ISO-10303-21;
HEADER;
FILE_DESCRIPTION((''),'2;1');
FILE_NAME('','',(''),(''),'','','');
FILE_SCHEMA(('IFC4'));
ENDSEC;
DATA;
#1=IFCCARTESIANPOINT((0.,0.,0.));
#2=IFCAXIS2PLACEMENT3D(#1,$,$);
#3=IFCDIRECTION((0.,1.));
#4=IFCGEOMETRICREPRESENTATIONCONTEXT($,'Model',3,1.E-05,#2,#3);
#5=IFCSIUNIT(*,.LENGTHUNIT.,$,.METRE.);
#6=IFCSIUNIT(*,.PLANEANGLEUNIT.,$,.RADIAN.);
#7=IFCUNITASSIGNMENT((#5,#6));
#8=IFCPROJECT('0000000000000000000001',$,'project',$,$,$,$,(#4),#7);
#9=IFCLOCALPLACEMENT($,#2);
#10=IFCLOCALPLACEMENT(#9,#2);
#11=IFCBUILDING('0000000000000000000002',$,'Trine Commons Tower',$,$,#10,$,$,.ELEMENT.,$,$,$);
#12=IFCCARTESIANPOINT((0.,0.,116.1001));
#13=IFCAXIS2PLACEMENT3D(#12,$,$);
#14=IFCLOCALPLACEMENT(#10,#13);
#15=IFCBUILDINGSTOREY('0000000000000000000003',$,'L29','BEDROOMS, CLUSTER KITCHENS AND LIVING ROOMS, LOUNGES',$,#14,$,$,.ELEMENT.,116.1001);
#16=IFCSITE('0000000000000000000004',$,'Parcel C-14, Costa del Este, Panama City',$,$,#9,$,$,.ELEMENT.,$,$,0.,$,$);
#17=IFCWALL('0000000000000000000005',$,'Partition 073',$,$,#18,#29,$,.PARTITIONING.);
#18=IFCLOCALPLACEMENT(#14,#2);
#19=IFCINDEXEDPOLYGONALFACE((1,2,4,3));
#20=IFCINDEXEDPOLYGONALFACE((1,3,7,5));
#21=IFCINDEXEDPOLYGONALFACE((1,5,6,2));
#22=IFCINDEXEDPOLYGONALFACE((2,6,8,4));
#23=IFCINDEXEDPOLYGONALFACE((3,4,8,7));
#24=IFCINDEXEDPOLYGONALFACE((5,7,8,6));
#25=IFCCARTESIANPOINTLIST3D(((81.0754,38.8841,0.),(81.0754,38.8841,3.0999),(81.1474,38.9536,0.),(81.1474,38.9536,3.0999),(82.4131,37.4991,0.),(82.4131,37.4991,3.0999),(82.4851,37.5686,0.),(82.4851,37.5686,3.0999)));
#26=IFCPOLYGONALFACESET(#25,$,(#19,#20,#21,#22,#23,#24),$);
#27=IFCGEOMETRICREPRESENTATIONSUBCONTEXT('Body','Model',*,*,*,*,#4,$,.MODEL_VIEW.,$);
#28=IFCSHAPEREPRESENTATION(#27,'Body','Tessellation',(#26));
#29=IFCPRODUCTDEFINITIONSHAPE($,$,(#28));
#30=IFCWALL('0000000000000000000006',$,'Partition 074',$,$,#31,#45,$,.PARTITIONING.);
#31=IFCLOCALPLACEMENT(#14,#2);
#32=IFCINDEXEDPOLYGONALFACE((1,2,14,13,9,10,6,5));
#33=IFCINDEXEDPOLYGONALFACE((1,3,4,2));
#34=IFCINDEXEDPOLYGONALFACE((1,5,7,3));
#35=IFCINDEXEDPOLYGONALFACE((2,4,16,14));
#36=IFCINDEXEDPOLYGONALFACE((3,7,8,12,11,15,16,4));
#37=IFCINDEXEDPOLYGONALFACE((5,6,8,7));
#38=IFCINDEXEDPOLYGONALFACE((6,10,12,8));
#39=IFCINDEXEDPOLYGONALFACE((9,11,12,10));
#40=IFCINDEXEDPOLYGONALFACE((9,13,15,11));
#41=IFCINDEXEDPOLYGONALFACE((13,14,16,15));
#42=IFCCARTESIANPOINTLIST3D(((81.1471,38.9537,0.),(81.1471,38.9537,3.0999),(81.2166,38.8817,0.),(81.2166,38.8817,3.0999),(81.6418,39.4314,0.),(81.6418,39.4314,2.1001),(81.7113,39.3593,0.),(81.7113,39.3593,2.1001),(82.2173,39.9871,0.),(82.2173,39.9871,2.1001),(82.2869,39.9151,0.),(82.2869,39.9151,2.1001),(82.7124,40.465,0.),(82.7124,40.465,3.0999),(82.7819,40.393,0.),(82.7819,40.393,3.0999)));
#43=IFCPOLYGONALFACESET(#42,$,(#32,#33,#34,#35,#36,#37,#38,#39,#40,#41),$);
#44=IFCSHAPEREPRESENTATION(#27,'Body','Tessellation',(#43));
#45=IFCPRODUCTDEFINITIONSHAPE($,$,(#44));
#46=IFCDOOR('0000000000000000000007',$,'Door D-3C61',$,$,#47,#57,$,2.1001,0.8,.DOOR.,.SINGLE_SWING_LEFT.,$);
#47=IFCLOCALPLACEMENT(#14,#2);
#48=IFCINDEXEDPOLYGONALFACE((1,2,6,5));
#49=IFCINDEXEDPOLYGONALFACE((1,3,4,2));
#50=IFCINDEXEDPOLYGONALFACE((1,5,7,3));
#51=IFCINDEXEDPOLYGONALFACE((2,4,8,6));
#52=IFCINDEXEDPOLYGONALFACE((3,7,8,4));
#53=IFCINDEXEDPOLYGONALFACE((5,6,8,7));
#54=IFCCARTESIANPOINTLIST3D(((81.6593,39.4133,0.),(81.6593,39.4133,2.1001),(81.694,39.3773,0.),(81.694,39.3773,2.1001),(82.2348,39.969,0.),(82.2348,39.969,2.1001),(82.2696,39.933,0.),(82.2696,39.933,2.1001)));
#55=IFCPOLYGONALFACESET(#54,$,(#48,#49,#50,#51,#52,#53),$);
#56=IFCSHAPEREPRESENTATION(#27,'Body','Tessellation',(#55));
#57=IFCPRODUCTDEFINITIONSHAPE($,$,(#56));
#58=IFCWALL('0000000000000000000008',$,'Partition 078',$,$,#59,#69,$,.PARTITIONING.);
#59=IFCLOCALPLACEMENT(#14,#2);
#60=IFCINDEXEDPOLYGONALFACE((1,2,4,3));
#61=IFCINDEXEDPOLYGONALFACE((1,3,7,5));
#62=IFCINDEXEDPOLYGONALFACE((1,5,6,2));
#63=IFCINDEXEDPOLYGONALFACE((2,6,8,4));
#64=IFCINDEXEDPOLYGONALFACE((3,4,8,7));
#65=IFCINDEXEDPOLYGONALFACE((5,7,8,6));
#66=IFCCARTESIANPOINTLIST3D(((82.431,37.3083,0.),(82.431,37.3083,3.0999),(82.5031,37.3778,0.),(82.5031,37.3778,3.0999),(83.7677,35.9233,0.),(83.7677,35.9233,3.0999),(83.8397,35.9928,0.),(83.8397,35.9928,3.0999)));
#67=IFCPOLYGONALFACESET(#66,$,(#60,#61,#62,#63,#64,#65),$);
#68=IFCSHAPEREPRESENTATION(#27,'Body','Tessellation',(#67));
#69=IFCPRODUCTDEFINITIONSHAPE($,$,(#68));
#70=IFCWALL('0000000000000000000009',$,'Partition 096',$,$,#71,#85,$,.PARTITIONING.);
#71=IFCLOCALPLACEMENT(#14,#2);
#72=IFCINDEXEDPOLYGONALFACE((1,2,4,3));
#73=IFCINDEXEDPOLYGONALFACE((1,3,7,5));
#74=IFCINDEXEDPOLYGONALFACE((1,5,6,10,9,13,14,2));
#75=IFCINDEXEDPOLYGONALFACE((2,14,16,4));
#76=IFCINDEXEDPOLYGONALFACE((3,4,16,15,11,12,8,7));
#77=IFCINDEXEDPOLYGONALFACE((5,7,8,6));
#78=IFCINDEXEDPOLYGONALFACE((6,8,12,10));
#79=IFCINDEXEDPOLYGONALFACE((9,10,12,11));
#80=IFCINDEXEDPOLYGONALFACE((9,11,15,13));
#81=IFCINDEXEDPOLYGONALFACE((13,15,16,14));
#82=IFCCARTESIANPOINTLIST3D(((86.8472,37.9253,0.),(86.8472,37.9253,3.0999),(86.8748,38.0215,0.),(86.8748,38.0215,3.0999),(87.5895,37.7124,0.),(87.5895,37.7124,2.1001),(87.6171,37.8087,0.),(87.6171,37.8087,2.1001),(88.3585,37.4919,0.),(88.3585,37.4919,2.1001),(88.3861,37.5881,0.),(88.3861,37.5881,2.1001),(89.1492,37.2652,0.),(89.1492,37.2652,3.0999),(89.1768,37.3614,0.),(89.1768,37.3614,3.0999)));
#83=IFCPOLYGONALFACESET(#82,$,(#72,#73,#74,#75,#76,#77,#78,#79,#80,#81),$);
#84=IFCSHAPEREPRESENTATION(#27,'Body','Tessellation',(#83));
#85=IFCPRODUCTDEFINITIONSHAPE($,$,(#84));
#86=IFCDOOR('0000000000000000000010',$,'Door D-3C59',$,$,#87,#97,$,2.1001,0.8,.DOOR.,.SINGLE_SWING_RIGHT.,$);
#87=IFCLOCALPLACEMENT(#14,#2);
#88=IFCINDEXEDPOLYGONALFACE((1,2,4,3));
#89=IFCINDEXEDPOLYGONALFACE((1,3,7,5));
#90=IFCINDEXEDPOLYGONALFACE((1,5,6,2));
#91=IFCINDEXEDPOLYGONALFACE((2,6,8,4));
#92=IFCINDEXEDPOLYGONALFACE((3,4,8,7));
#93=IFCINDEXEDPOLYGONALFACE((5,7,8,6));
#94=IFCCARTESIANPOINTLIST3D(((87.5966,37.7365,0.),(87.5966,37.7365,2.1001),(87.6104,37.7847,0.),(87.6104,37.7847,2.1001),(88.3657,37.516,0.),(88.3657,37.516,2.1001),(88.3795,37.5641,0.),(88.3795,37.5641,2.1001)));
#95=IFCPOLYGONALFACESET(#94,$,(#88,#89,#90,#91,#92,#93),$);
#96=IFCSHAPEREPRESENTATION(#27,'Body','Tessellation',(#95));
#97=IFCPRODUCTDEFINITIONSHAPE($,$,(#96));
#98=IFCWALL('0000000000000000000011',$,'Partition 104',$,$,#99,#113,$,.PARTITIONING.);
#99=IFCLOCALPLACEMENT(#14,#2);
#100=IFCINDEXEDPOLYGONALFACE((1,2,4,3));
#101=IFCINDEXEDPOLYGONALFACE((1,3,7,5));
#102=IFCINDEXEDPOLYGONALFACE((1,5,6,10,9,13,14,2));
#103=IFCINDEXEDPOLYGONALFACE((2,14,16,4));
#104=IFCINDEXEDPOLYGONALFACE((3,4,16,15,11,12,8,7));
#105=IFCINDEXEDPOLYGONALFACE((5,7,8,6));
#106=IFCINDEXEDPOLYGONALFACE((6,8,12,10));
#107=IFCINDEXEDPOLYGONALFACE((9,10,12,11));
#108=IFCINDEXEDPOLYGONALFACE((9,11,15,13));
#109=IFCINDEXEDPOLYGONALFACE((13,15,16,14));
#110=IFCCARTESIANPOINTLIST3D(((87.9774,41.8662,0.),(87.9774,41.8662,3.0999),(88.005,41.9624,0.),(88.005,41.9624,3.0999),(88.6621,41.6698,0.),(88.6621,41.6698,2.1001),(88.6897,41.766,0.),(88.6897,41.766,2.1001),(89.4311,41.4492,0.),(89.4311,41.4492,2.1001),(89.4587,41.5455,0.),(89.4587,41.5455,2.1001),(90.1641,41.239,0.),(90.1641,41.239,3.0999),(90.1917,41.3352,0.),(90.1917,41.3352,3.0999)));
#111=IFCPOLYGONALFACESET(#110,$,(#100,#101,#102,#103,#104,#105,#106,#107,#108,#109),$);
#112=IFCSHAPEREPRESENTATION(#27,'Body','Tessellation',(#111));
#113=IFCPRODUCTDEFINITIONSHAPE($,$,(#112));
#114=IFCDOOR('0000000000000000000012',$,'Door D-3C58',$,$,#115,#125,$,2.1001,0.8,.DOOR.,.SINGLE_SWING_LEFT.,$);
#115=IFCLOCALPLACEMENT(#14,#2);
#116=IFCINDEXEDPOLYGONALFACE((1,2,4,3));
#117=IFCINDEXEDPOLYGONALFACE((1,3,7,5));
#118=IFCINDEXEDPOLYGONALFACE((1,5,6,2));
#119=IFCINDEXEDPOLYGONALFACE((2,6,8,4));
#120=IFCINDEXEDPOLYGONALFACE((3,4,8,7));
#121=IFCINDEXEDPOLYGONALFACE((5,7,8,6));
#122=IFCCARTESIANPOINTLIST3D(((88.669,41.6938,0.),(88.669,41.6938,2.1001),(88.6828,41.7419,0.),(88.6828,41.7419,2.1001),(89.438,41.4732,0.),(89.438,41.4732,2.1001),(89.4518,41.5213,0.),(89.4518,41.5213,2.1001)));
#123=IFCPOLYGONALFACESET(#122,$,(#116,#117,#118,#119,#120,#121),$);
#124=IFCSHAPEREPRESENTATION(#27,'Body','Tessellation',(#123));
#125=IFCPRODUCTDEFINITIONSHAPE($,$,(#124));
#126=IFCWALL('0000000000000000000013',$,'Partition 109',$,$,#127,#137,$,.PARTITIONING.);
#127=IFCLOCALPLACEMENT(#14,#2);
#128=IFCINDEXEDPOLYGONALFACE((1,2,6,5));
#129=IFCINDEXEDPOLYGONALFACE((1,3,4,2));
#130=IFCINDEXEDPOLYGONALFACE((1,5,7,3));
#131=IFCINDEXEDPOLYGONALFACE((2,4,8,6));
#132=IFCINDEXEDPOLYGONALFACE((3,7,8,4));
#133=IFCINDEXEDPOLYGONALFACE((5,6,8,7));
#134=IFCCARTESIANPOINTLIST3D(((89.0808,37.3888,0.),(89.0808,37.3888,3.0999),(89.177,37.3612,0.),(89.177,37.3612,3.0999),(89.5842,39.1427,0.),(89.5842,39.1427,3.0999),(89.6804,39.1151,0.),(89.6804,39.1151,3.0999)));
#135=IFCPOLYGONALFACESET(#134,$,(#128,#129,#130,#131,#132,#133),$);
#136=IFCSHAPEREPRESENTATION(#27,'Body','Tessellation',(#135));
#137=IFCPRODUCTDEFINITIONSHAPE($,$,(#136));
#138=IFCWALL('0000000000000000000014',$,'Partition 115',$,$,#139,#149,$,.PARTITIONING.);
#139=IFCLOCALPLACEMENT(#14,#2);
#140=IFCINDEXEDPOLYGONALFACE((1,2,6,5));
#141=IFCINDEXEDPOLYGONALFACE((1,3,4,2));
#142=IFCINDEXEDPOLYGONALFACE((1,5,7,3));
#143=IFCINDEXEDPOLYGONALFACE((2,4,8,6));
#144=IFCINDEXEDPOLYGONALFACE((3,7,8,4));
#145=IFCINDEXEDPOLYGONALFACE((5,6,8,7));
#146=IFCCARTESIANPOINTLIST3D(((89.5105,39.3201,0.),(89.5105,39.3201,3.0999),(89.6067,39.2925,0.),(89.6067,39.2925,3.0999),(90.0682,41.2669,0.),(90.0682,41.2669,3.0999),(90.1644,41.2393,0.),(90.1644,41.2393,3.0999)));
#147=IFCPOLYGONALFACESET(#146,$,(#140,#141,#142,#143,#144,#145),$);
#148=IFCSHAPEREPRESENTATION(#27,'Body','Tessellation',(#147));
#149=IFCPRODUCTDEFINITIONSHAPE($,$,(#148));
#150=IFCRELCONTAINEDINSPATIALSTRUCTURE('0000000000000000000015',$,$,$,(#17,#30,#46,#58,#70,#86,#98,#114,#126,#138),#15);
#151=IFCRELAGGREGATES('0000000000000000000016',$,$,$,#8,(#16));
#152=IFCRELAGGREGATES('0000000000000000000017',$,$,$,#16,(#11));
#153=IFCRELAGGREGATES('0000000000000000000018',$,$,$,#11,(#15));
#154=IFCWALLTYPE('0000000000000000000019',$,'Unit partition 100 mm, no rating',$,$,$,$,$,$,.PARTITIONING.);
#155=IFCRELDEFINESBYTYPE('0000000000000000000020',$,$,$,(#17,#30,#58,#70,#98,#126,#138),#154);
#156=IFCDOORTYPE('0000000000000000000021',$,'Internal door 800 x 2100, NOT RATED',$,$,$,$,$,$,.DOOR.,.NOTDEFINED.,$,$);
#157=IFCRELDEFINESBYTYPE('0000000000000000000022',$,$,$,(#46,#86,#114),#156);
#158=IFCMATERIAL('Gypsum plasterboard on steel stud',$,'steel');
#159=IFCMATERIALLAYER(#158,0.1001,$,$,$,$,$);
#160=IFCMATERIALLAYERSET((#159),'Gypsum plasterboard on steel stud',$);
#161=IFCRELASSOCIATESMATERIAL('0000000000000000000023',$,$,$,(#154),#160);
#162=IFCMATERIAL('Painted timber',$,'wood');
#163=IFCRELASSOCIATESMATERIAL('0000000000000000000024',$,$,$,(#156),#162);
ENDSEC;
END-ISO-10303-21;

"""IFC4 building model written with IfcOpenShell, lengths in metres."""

from ifc_helpers import new_model, si_unit, direction, frame, frame_2d, origin, place, context, subcontext, project, spatial, rectangle, extrude, material, layer, layer_set, type_object, element, fill, save


model = new_model("IFC4")

# Units and contexts
model_context = context("Model", 3, precision=1e-05, world=origin(), true_north=direction((0.0, 1.0)))
body_context = subcontext(model_context, "Body", "Model", "MODEL_VIEW")
ifc_project = project(units=[si_unit("LENGTHUNIT", "METRE"), si_unit("PLANEANGLEUNIT", "RADIAN")], contexts=[model_context])

# Site, building, storey
site_placement = place(None, origin())
site = spatial("IfcSite", under=ifc_project, at=site_placement, Name="Parcel C-14, Costa del Este, Panama City", CompositionType="ELEMENT", RefElevation=0.0)
building_placement = place(site_placement, origin())
building = spatial("IfcBuilding", under=site, at=building_placement, Name="Trine Commons Tower", CompositionType="ELEMENT")
storey_placement = place(building_placement, frame((0.0, 0.0, 116.1001)))
storey = spatial("IfcBuildingStorey", under=building, at=storey_placement, Name="L29", Description="BEDROOMS, CLUSTER KITCHENS AND LIVING ROOMS, LOUNGES", CompositionType="ELEMENT", Elevation=116.1001)

# Shared definitions
ifc_material_1 = material(Name="Gypsum plasterboard on steel stud", Category="steel")

# Shared definitions
ifc_material_2 = material(Name="Painted timber", Category="wood")

# Wall
ifc_layer_1 = layer(ifc_material_1, 0.1001)
ifc_layer_set_1 = layer_set([ifc_layer_1], Name="Gypsum plasterboard on steel stud")
wall_type_1 = type_object("IfcWallType", Name="Unit partition 100 mm, no rating", PredefinedType="PARTITIONING", material=ifc_layer_set_1)
wall_1_placement = place(storey_placement, frame((81.1113, 38.9189, 0.0), z_axis=(0.0, 0.0, 1.0), x_axis=(0.694701, -0.719299, 0.0)))
element("IfcWall", 1, at=wall_1_placement, inside=storey, type_object=wall_type_1, Name="Partition 073", PredefinedType="PARTITIONING", context=body_context, shape_type="SweptSolid", body=[
    extrude(rectangle(XDim=1.9255, YDim=0.1001, at=frame_2d((0.9629, 0.0))), origin(), (0.0, 0.0, 1.0), 3.0999),
])

# Wall, opening, door
wall_2_placement = place(storey_placement, frame((81.1819, 38.9177, 0.0), z_axis=(0.0, 0.0, 1.0), x_axis=(0.719398, 0.694599, 0.0)))
wall_2 = element("IfcWall", 2, at=wall_2_placement, inside=storey, type_object=wall_type_1, Name="Partition 074", PredefinedType="PARTITIONING", context=body_context, shape_type="SweptSolid", body=[
    extrude(rectangle(XDim=2.1758, YDim=0.1001, at=frame_2d((1.0879, 0.0))), origin(), (0.0, 0.0, 1.0), 3.0999),
])
opening_1_placement = place(wall_2_placement, frame((0.6877, 0.0, 0.0)))
opening_1 = element("IfcOpeningElement", 3, at=opening_1_placement, cuts=wall_2, PredefinedType="OPENING", context=body_context, shape_type="SweptSolid", body=[
    extrude(rectangle(XDim=0.8, YDim=2.1001, at=frame_2d((0.3999, 1.05))), frame((0.0, 0.0601, 0.0), z_axis=(0.0, -1.0, 0.0), x_axis=(1.0, 0.0, 0.0)), (0.0, 0.0, 1.0), 0.1201),
])
door_type_1 = type_object("IfcDoorType", Name="Internal door 800 x 2100, NOT RATED", OperationType="NOTDEFINED", PredefinedType="DOOR", material=ifc_material_2)
door_1_placement = place(opening_1_placement, origin())
door_1 = element("IfcDoor", 4, at=door_1_placement, inside=storey, type_object=door_type_1, Name="Door D-3C61", OperationType="SINGLE_SWING_LEFT", OverallHeight=2.1001, OverallWidth=0.8, PredefinedType="DOOR", context=body_context, shape_type="SweptSolid", body=[
    extrude(rectangle(XDim=0.8, YDim=2.1001, at=frame_2d((0.3999, 1.05))), frame((0.0, 0.0249, 0.0), z_axis=(0.0, -1.0, 0.0), x_axis=(1.0, 0.0, 0.0)), (0.0, 0.0, 1.0), 0.05),
])
fill(opening_1, door_1)

# Wall
wall_3_placement = place(storey_placement, frame((82.467, 37.343, 0.0), z_axis=(0.0, 0.0, 1.0), x_axis=(0.694438, -0.719552, 0.0)))
element("IfcWall", 5, at=wall_3_placement, inside=storey, type_object=wall_type_1, Name="Partition 078", PredefinedType="PARTITIONING", context=body_context, shape_type="SweptSolid", body=[
    extrude(rectangle(XDim=1.9248, YDim=0.1001, at=frame_2d((0.9624, 0.0))), origin(), (0.0, 0.0, 1.0), 3.0999),
])

# Walls, openings, doors
wall_4_placement = place(storey_placement, frame((86.8611, 37.9734, 0.0), z_axis=(0.0, 0.0, 1.0), x_axis=(0.961254, -0.275664, 0.0)))
wall_4 = element("IfcWall", 6, at=wall_4_placement, inside=storey, type_object=wall_type_1, Name="Partition 096", PredefinedType="PARTITIONING", context=body_context, shape_type="SweptSolid", body=[
    extrude(rectangle(XDim=2.3948, YDim=0.1001, at=frame_2d((1.1973, 0.0))), origin(), (0.0, 0.0, 1.0), 3.0999),
])
opening_2_placement = place(wall_4_placement, frame((0.7722, 0.0, 0.0)))
opening_2 = element("IfcOpeningElement", 7, at=opening_2_placement, cuts=wall_4, PredefinedType="OPENING", context=body_context, shape_type="SweptSolid", body=[
    extrude(rectangle(XDim=0.8, YDim=2.1001, at=frame_2d((0.3999, 1.05))), frame((0.0, 0.0601, 0.0), z_axis=(0.0, -1.0, 0.0), x_axis=(1.0, 0.0, 0.0)), (0.0, 0.0, 1.0), 0.1201),
])
door_2_placement = place(opening_2_placement, frame((0.8, 0.0, 0.0), z_axis=(0.0, 0.0, 1.0), x_axis=(-1.0, 0.0, 0.0)))
door_2 = element("IfcDoor", 8, at=door_2_placement, inside=storey, type_object=door_type_1, Name="Door D-3C59", OperationType="SINGLE_SWING_RIGHT", OverallHeight=2.1001, OverallWidth=0.8, PredefinedType="DOOR", context=body_context, shape_type="SweptSolid", body=[
    extrude(rectangle(XDim=0.8, YDim=2.1001, at=frame_2d((0.3999, 1.05))), frame((0.0, 0.0249, 0.0), z_axis=(0.0, -1.0, 0.0), x_axis=(1.0, 0.0, 0.0)), (0.0, 0.0, 1.0), 0.05),
])
fill(opening_2, door_2)
wall_5_placement = place(storey_placement, frame((87.9912, 41.9143, 0.0), z_axis=(0.0, 0.0, 1.0), x_axis=(0.961244, -0.275699, 0.0)))
wall_5 = element("IfcWall", 9, at=wall_5_placement, inside=storey, type_object=wall_type_1, Name="Partition 104", PredefinedType="PARTITIONING", context=body_context, shape_type="SweptSolid", body=[
    extrude(rectangle(XDim=2.2749, YDim=0.1001, at=frame_2d((1.1375, 0.0))), origin(), (0.0, 0.0, 1.0), 3.0999),
])
opening_3_placement = place(wall_5_placement, frame((0.7124, 0.0, 0.0)))
opening_3 = element("IfcOpeningElement", 10, at=opening_3_placement, cuts=wall_5, PredefinedType="OPENING", context=body_context, shape_type="SweptSolid", body=[
    extrude(rectangle(XDim=0.8, YDim=2.1001, at=frame_2d((0.3999, 1.05))), frame((0.0, 0.0601, 0.0), z_axis=(0.0, -1.0, 0.0), x_axis=(1.0, 0.0, 0.0)), (0.0, 0.0, 1.0), 0.1201),
])
door_3_placement = place(opening_3_placement, origin())
door_3 = element("IfcDoor", 11, at=door_3_placement, inside=storey, type_object=door_type_1, Name="Door D-3C58", OperationType="SINGLE_SWING_LEFT", OverallHeight=2.1001, OverallWidth=0.8, PredefinedType="DOOR", context=body_context, shape_type="SweptSolid", body=[
    extrude(rectangle(XDim=0.8, YDim=2.1001, at=frame_2d((0.3999, 1.05))), frame((0.0, 0.0249, 0.0), z_axis=(0.0, -1.0, 0.0), x_axis=(1.0, 0.0, 0.0)), (0.0, 0.0, 1.0), 0.05),
])
fill(opening_3, door_3)

# Walls
wall_6_placement = place(storey_placement, frame((89.1289, 37.375, 0.0), z_axis=(0.0, 0.0, 1.0), x_axis=(0.275887, 0.96119, 0.0)))
element("IfcWall", 12, at=wall_6_placement, inside=storey, type_object=wall_type_1, Name="Partition 109", PredefinedType="PARTITIONING", context=body_context, shape_type="SweptSolid", body=[
    extrude(rectangle(XDim=1.8247, YDim=0.1001, at=frame_2d((0.9124, 0.0))), origin(), (0.0, 0.0, 1.0), 3.0999),
])
wall_7_placement = place(storey_placement, frame((89.5586, 39.3062, 0.0), z_axis=(0.0, 0.0, 1.0), x_axis=(0.275358, 0.961342, 0.0)))
element("IfcWall", 13, at=wall_7_placement, inside=storey, type_object=wall_type_1, Name="Partition 115", PredefinedType="PARTITIONING", context=body_context, shape_type="SweptSolid", body=[
    extrude(rectangle(XDim=2.0251, YDim=0.1001, at=frame_2d((1.0127, 0.0))), origin(), (0.0, 0.0, 1.0), 3.0999),
])

save(model, "model.ifc")
